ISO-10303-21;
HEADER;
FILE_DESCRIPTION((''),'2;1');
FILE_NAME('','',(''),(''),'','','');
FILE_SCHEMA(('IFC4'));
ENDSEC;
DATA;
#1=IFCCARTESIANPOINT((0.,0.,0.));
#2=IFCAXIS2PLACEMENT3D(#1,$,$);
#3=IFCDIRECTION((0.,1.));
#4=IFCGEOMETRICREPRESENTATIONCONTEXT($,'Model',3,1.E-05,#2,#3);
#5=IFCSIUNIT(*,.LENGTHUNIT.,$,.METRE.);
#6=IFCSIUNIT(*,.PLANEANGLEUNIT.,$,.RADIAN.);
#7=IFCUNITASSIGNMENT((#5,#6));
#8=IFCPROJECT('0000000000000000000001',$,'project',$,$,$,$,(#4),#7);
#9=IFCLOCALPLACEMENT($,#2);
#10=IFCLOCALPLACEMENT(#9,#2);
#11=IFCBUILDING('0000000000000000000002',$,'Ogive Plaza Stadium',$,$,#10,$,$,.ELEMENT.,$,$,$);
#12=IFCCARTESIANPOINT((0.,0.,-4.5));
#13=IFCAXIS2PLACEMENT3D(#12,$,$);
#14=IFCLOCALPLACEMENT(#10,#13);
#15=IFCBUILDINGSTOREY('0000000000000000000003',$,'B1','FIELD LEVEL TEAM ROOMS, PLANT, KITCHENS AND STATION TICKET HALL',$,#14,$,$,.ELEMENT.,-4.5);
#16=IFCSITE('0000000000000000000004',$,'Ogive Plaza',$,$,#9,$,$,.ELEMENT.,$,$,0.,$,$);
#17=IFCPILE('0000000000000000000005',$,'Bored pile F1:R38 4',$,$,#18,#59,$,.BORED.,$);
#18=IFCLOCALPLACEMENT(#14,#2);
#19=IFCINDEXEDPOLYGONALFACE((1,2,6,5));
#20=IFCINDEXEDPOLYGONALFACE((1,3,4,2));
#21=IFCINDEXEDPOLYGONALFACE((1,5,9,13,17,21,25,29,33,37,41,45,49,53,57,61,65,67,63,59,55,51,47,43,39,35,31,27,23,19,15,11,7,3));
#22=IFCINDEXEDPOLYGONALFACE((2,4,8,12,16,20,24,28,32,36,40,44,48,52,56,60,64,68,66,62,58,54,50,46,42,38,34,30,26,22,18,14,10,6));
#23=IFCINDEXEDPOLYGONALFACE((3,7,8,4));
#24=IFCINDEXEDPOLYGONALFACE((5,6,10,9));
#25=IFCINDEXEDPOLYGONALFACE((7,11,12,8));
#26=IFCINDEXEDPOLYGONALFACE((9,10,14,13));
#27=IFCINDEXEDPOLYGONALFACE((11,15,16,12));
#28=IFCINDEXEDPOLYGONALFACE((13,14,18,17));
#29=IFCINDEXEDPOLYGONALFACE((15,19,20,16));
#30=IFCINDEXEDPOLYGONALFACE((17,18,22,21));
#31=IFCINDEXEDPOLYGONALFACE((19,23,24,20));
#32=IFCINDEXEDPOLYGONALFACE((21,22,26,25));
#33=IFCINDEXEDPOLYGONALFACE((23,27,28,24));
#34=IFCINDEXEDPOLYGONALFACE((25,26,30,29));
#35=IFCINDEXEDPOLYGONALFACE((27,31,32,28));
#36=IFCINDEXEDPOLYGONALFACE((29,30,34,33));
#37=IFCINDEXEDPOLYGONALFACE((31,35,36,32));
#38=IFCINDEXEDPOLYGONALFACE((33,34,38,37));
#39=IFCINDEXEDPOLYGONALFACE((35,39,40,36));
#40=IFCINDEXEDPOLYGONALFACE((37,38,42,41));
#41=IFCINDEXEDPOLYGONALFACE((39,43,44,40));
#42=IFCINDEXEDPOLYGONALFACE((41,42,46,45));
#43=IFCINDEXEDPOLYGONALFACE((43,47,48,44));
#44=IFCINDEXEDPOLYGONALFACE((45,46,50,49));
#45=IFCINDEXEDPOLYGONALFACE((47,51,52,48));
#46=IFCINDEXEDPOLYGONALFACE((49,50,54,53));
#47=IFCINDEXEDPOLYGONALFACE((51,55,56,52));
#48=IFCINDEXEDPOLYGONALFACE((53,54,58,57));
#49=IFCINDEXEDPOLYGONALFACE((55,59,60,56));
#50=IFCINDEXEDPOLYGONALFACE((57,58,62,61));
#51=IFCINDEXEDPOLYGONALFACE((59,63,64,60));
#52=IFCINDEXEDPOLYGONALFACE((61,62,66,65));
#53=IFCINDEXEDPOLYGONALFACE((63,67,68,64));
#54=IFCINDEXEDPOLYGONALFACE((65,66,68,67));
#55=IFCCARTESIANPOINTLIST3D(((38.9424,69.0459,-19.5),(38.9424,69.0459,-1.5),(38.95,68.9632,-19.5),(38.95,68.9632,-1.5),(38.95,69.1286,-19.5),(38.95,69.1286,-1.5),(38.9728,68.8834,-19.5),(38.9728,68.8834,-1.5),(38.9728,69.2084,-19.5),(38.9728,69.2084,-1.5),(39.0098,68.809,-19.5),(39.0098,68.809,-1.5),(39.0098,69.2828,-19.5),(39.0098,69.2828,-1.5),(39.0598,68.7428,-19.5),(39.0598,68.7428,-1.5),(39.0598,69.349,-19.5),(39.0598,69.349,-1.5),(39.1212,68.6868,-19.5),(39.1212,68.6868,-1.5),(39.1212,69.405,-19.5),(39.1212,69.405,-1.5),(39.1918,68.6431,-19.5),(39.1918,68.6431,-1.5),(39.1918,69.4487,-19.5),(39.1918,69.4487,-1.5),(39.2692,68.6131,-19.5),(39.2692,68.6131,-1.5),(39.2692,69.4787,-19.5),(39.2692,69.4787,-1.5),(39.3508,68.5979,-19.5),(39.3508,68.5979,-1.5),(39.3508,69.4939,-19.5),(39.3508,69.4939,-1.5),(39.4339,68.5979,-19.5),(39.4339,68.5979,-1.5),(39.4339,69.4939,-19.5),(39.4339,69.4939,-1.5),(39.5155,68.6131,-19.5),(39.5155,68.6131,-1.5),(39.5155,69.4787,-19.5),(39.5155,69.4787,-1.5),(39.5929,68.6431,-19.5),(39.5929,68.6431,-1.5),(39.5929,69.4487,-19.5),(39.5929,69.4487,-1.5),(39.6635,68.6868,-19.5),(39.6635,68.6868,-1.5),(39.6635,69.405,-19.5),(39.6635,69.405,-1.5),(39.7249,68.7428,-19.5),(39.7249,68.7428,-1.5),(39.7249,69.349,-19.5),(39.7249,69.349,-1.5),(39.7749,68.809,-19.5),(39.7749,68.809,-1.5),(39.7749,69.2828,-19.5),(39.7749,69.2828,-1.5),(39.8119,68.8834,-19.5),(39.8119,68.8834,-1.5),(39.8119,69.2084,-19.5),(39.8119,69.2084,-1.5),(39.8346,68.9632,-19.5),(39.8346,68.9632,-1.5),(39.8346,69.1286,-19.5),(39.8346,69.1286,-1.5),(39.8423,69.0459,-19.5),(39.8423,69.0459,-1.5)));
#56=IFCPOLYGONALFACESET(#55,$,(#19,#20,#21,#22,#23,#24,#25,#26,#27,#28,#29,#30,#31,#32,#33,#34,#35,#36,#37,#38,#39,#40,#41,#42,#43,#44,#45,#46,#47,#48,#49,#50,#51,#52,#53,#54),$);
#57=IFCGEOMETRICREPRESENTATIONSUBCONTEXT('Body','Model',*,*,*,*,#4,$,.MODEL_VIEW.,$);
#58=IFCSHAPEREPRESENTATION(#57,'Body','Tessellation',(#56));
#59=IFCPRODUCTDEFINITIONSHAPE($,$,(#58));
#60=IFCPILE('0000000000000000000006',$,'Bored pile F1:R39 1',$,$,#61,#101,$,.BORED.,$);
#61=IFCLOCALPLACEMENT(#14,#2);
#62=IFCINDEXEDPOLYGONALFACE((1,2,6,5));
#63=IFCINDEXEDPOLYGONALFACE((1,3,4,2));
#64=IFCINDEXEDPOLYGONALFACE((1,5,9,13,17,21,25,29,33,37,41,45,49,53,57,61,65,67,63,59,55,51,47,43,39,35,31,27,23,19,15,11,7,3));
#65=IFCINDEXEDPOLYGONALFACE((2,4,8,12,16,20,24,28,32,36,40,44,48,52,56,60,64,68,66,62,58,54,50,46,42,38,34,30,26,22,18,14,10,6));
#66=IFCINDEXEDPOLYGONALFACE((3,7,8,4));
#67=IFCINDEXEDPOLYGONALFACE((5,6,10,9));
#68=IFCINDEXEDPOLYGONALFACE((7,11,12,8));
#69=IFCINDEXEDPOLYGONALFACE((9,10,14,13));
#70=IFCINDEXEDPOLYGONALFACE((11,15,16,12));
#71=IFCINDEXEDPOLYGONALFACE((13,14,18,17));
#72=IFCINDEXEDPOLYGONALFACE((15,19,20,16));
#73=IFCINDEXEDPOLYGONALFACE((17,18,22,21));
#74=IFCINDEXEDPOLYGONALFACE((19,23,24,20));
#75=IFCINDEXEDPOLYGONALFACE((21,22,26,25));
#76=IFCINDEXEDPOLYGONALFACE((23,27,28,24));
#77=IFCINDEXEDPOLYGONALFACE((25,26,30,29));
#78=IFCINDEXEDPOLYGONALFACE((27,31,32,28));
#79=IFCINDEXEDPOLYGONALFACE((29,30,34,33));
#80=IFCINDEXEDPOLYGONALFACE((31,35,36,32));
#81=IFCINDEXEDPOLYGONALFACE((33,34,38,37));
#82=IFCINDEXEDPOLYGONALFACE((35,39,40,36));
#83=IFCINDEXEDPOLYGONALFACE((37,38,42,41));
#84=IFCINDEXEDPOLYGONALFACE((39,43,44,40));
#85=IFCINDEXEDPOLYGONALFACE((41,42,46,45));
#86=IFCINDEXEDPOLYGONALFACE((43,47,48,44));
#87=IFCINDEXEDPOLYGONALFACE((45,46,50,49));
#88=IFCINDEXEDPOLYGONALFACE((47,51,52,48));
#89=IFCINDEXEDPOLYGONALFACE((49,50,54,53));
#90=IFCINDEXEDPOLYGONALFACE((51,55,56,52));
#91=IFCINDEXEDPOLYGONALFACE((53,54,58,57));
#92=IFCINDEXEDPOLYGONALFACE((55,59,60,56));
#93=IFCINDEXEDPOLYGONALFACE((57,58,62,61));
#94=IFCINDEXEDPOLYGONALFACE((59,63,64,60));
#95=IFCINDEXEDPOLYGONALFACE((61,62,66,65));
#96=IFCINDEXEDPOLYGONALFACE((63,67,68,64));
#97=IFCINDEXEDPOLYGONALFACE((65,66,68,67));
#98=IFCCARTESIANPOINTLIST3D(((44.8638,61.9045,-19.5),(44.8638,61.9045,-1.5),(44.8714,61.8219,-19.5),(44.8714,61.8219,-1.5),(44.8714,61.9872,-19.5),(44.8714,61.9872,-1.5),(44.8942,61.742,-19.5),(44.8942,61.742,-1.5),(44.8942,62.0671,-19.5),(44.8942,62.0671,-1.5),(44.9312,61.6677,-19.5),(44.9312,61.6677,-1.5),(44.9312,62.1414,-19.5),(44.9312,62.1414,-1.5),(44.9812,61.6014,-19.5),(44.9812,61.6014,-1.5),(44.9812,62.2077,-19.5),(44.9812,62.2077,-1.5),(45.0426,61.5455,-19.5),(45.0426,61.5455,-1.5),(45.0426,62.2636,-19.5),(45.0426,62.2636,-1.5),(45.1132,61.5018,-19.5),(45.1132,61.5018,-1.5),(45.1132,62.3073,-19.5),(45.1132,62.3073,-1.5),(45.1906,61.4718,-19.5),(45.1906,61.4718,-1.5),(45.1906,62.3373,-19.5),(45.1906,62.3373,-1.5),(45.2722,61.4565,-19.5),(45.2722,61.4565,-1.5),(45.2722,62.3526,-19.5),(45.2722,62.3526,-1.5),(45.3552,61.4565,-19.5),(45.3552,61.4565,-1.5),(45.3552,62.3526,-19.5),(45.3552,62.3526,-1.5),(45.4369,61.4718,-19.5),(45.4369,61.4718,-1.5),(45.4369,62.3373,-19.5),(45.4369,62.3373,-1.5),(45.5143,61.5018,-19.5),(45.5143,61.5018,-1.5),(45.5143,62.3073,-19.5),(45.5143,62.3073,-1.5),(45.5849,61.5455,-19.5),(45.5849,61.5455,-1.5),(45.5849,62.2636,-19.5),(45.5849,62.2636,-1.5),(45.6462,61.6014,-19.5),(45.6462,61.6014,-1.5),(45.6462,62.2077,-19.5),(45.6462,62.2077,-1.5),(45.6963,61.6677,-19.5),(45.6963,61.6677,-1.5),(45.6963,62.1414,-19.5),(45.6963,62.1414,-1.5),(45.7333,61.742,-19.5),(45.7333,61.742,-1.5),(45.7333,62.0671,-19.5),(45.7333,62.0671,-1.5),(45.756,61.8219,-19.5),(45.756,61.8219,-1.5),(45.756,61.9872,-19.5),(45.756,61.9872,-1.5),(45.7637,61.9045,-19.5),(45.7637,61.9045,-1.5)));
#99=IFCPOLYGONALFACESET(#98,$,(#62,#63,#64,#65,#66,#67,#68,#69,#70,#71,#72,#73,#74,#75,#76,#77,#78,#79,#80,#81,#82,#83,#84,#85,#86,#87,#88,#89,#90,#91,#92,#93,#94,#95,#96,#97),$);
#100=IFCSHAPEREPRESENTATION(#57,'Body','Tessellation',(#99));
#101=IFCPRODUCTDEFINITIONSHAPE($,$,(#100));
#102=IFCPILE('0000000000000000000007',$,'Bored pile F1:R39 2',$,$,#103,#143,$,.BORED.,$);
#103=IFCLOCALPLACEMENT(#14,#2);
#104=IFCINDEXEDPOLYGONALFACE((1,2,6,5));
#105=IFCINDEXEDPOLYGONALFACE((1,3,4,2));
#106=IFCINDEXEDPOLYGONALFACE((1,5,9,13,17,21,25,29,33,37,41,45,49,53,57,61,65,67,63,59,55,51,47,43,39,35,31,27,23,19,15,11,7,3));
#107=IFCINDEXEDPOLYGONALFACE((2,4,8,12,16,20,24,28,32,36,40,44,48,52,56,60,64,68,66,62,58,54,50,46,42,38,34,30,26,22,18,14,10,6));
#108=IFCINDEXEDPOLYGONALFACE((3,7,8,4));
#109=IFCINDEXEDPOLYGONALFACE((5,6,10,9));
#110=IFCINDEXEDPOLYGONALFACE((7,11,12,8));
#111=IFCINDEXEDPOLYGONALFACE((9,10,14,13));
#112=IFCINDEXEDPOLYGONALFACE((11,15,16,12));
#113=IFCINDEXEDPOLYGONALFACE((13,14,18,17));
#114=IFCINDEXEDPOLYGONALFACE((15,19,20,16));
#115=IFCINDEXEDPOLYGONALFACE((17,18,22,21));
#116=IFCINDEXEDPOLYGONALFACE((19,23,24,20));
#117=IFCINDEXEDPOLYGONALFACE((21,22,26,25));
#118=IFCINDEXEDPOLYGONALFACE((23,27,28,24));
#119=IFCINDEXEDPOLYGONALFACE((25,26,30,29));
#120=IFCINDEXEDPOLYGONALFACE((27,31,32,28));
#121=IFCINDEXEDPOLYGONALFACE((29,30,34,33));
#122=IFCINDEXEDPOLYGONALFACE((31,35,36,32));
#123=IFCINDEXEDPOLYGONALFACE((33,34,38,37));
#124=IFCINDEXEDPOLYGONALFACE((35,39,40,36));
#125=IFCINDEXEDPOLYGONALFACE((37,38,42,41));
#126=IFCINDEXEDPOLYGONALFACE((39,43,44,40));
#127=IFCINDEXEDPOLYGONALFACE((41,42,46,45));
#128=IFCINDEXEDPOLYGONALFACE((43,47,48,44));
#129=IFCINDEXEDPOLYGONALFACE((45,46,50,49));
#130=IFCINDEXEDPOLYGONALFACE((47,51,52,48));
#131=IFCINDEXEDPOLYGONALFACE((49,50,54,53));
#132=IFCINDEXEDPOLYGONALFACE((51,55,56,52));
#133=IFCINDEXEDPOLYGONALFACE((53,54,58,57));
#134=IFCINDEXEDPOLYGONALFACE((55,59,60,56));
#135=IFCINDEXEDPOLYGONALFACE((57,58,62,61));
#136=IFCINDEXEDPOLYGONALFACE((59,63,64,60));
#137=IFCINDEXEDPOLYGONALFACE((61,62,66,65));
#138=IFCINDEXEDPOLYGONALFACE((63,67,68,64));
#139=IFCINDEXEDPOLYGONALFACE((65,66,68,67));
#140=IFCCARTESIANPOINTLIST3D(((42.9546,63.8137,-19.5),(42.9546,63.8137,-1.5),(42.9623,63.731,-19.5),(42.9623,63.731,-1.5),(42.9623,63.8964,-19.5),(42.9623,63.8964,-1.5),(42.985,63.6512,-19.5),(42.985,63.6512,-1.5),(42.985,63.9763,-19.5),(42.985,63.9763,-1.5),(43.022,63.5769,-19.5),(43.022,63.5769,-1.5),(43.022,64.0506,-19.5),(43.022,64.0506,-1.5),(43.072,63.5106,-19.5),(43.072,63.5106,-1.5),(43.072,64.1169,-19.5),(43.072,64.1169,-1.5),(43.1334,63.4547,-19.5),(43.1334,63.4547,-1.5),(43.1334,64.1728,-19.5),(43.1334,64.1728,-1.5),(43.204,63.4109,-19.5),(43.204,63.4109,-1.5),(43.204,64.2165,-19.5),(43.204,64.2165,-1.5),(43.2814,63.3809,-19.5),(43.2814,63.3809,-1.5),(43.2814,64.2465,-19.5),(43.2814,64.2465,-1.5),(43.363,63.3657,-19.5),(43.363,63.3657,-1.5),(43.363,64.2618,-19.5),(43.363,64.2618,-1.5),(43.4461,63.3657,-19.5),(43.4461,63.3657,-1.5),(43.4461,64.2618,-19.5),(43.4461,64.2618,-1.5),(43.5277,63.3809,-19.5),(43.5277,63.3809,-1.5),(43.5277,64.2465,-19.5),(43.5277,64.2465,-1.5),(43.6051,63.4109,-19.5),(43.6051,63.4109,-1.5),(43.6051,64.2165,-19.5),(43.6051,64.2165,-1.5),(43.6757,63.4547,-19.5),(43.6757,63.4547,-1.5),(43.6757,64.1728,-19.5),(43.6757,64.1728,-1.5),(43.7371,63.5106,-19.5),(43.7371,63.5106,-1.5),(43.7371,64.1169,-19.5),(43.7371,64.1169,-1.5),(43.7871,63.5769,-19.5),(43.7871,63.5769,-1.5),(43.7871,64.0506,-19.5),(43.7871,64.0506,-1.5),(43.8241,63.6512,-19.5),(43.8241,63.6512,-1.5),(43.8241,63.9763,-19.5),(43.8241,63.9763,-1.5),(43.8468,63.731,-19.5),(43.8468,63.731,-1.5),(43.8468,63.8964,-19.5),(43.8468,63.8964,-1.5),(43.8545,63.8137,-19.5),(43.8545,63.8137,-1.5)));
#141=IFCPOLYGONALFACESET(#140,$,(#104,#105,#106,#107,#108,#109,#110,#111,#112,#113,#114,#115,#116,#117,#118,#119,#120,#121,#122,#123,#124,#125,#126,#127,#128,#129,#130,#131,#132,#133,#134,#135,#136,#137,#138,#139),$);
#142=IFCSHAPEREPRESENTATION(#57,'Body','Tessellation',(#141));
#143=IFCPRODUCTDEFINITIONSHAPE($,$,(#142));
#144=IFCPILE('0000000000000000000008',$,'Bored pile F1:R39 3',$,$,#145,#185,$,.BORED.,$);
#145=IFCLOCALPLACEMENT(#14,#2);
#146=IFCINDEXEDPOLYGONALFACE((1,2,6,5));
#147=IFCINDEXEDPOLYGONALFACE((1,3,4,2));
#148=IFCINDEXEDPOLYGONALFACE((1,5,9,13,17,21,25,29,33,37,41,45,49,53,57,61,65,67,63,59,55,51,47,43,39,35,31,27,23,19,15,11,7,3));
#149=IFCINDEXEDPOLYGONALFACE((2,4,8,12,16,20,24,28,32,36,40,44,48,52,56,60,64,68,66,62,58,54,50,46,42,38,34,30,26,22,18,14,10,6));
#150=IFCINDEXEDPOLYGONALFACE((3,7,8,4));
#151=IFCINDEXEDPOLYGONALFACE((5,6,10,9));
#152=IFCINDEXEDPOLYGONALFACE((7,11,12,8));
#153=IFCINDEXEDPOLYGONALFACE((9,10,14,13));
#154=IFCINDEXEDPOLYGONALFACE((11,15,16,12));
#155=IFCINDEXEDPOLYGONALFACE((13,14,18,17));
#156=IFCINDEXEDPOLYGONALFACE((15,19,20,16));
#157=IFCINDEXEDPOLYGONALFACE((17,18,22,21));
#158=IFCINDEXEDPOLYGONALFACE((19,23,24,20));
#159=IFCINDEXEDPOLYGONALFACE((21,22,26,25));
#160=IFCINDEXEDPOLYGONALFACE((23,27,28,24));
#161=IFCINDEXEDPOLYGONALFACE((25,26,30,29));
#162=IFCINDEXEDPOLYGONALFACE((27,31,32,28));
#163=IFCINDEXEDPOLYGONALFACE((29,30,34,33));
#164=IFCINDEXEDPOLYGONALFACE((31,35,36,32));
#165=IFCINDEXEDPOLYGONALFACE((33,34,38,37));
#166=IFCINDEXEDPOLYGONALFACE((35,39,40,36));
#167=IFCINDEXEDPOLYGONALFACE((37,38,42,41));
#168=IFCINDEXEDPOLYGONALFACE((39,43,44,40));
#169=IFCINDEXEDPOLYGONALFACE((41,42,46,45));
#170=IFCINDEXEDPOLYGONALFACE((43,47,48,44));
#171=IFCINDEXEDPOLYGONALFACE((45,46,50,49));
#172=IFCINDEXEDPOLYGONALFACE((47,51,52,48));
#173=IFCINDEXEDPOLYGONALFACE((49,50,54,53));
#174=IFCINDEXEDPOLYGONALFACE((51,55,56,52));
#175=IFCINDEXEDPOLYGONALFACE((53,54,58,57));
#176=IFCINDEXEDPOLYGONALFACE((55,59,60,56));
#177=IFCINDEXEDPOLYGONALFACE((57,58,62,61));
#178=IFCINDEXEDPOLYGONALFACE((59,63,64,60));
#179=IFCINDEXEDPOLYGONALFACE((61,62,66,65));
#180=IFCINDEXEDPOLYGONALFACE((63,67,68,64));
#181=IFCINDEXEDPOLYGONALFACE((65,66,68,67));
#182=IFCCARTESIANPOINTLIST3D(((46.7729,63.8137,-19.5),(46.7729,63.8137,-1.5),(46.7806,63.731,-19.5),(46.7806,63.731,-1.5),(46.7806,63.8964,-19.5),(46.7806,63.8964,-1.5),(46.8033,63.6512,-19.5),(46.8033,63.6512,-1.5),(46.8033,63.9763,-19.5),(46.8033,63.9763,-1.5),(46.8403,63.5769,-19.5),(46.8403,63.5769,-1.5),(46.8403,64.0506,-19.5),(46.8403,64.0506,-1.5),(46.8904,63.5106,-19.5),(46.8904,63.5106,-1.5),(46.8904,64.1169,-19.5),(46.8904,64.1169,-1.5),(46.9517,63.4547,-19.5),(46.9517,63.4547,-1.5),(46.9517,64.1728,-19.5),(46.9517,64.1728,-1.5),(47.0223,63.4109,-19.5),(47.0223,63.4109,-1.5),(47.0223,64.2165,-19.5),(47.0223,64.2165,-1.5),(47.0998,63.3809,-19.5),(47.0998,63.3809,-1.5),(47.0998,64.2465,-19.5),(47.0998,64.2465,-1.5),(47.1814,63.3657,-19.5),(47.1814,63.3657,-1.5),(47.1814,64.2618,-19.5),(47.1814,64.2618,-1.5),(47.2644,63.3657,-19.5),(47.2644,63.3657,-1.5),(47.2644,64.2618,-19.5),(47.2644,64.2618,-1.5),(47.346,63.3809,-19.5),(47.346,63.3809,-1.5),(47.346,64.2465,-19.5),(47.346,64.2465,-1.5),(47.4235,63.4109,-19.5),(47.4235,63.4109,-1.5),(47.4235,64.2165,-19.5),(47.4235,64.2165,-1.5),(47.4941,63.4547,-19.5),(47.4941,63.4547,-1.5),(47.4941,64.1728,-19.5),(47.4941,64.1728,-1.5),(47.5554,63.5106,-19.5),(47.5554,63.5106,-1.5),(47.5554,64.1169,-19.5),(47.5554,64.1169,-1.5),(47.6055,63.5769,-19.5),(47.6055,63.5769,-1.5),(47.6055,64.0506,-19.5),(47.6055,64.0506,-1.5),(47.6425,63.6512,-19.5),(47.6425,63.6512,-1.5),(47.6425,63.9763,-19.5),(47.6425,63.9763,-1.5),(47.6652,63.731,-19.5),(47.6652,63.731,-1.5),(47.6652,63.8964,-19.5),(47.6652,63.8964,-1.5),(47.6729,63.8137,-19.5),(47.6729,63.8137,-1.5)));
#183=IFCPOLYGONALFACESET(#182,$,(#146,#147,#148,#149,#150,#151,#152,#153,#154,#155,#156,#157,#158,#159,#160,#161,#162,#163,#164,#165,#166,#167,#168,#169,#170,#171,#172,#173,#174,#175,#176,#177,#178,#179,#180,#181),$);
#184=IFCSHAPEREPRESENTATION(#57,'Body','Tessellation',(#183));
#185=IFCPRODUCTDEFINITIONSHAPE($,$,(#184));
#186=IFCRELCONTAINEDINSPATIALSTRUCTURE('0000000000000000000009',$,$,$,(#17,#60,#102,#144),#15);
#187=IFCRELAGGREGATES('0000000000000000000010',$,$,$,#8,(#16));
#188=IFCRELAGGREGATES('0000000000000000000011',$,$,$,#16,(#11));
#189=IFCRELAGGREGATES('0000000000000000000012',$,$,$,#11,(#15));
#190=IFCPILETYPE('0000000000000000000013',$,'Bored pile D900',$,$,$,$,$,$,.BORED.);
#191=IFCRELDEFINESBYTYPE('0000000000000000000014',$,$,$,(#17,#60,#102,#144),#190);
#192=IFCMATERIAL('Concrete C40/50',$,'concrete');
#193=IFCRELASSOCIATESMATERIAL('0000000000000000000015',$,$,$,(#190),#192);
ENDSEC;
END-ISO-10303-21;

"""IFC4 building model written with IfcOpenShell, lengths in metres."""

from ifc_helpers import new_model, si_unit, direction, frame, origin, origin_2d, place, context, subcontext, project, spatial, circle, extrude, material, material_profile, profile_set, type_object, element, save


model = new_model("IFC4")

# Units and contexts
model_context = context("Model", 3, precision=1e-05, world=origin(), true_north=direction((0.0, 1.0)))
body_context = subcontext(model_context, "Body", "Model", "MODEL_VIEW")
ifc_project = project(units=[si_unit("LENGTHUNIT", "METRE"), si_unit("PLANEANGLEUNIT", "RADIAN")], contexts=[model_context])

# Site, building, storey
site_placement = place(None, origin())
site = spatial("IfcSite", under=ifc_project, at=site_placement, Name="Ogive Plaza", CompositionType="ELEMENT", RefElevation=0.0)
building_placement = place(site_placement, origin())
building = spatial("IfcBuilding", under=site, at=building_placement, Name="Ogive Plaza Stadium", CompositionType="ELEMENT")
storey_placement = place(building_placement, frame((0.0, 0.0, -4.5)))
storey = spatial("IfcBuildingStorey", under=building, at=storey_placement, Name="B1", Description="FIELD LEVEL TEAM ROOMS, PLANT, KITCHENS AND STATION TICKET HALL", CompositionType="ELEMENT", Elevation=-4.5)

# Piles
ifc_material_1 = material(Name="Concrete C40/50", Category="concrete")
ifc_material_profile_1 = material_profile(ifc_material_1, circle(Radius=0.45, at=origin_2d()), Name="RC D900")
ifc_profile_set_1 = profile_set([ifc_material_profile_1], Name="Concrete C40/50")
pile_type = type_object("IfcPileType", Name="Bored pile D900", PredefinedType="BORED", material=ifc_profile_set_1)
for number, where, z_axis, x_axis, name in (
    (1, (39.3923, 69.0459, -1.5), (0.0, 0.0, -1.0), (1.0, 0.0, 0.0), "Bored pile F1:R38 4"),
    (2, (45.3137, 61.9045, -1.5), (0.0, 0.0, -1.0), (1.0, 0.0, 0.0), "Bored pile F1:R39 1"),
    (3, (43.4045, 63.8137, -1.5), (0.0, 0.0, -1.0), (1.0, 0.0, 0.0), "Bored pile F1:R39 2"),
    (4, (47.2229, 63.8137, -1.5), (0.0, 0.0, -1.0), (1.0, 0.0, 0.0), "Bored pile F1:R39 3"),
):
    element("IfcPile", number, at=place(storey_placement, frame(where, z_axis=z_axis, x_axis=x_axis)), inside=storey, type_object=pile_type, Name=name, PredefinedType="BORED", context=body_context, shape_type="SweptSolid", body=[
        extrude(circle(Radius=0.45, at=origin_2d()), origin(), (0.0, 0.0, 1.0), 18.0),
    ])

save(model, "model.ifc")
